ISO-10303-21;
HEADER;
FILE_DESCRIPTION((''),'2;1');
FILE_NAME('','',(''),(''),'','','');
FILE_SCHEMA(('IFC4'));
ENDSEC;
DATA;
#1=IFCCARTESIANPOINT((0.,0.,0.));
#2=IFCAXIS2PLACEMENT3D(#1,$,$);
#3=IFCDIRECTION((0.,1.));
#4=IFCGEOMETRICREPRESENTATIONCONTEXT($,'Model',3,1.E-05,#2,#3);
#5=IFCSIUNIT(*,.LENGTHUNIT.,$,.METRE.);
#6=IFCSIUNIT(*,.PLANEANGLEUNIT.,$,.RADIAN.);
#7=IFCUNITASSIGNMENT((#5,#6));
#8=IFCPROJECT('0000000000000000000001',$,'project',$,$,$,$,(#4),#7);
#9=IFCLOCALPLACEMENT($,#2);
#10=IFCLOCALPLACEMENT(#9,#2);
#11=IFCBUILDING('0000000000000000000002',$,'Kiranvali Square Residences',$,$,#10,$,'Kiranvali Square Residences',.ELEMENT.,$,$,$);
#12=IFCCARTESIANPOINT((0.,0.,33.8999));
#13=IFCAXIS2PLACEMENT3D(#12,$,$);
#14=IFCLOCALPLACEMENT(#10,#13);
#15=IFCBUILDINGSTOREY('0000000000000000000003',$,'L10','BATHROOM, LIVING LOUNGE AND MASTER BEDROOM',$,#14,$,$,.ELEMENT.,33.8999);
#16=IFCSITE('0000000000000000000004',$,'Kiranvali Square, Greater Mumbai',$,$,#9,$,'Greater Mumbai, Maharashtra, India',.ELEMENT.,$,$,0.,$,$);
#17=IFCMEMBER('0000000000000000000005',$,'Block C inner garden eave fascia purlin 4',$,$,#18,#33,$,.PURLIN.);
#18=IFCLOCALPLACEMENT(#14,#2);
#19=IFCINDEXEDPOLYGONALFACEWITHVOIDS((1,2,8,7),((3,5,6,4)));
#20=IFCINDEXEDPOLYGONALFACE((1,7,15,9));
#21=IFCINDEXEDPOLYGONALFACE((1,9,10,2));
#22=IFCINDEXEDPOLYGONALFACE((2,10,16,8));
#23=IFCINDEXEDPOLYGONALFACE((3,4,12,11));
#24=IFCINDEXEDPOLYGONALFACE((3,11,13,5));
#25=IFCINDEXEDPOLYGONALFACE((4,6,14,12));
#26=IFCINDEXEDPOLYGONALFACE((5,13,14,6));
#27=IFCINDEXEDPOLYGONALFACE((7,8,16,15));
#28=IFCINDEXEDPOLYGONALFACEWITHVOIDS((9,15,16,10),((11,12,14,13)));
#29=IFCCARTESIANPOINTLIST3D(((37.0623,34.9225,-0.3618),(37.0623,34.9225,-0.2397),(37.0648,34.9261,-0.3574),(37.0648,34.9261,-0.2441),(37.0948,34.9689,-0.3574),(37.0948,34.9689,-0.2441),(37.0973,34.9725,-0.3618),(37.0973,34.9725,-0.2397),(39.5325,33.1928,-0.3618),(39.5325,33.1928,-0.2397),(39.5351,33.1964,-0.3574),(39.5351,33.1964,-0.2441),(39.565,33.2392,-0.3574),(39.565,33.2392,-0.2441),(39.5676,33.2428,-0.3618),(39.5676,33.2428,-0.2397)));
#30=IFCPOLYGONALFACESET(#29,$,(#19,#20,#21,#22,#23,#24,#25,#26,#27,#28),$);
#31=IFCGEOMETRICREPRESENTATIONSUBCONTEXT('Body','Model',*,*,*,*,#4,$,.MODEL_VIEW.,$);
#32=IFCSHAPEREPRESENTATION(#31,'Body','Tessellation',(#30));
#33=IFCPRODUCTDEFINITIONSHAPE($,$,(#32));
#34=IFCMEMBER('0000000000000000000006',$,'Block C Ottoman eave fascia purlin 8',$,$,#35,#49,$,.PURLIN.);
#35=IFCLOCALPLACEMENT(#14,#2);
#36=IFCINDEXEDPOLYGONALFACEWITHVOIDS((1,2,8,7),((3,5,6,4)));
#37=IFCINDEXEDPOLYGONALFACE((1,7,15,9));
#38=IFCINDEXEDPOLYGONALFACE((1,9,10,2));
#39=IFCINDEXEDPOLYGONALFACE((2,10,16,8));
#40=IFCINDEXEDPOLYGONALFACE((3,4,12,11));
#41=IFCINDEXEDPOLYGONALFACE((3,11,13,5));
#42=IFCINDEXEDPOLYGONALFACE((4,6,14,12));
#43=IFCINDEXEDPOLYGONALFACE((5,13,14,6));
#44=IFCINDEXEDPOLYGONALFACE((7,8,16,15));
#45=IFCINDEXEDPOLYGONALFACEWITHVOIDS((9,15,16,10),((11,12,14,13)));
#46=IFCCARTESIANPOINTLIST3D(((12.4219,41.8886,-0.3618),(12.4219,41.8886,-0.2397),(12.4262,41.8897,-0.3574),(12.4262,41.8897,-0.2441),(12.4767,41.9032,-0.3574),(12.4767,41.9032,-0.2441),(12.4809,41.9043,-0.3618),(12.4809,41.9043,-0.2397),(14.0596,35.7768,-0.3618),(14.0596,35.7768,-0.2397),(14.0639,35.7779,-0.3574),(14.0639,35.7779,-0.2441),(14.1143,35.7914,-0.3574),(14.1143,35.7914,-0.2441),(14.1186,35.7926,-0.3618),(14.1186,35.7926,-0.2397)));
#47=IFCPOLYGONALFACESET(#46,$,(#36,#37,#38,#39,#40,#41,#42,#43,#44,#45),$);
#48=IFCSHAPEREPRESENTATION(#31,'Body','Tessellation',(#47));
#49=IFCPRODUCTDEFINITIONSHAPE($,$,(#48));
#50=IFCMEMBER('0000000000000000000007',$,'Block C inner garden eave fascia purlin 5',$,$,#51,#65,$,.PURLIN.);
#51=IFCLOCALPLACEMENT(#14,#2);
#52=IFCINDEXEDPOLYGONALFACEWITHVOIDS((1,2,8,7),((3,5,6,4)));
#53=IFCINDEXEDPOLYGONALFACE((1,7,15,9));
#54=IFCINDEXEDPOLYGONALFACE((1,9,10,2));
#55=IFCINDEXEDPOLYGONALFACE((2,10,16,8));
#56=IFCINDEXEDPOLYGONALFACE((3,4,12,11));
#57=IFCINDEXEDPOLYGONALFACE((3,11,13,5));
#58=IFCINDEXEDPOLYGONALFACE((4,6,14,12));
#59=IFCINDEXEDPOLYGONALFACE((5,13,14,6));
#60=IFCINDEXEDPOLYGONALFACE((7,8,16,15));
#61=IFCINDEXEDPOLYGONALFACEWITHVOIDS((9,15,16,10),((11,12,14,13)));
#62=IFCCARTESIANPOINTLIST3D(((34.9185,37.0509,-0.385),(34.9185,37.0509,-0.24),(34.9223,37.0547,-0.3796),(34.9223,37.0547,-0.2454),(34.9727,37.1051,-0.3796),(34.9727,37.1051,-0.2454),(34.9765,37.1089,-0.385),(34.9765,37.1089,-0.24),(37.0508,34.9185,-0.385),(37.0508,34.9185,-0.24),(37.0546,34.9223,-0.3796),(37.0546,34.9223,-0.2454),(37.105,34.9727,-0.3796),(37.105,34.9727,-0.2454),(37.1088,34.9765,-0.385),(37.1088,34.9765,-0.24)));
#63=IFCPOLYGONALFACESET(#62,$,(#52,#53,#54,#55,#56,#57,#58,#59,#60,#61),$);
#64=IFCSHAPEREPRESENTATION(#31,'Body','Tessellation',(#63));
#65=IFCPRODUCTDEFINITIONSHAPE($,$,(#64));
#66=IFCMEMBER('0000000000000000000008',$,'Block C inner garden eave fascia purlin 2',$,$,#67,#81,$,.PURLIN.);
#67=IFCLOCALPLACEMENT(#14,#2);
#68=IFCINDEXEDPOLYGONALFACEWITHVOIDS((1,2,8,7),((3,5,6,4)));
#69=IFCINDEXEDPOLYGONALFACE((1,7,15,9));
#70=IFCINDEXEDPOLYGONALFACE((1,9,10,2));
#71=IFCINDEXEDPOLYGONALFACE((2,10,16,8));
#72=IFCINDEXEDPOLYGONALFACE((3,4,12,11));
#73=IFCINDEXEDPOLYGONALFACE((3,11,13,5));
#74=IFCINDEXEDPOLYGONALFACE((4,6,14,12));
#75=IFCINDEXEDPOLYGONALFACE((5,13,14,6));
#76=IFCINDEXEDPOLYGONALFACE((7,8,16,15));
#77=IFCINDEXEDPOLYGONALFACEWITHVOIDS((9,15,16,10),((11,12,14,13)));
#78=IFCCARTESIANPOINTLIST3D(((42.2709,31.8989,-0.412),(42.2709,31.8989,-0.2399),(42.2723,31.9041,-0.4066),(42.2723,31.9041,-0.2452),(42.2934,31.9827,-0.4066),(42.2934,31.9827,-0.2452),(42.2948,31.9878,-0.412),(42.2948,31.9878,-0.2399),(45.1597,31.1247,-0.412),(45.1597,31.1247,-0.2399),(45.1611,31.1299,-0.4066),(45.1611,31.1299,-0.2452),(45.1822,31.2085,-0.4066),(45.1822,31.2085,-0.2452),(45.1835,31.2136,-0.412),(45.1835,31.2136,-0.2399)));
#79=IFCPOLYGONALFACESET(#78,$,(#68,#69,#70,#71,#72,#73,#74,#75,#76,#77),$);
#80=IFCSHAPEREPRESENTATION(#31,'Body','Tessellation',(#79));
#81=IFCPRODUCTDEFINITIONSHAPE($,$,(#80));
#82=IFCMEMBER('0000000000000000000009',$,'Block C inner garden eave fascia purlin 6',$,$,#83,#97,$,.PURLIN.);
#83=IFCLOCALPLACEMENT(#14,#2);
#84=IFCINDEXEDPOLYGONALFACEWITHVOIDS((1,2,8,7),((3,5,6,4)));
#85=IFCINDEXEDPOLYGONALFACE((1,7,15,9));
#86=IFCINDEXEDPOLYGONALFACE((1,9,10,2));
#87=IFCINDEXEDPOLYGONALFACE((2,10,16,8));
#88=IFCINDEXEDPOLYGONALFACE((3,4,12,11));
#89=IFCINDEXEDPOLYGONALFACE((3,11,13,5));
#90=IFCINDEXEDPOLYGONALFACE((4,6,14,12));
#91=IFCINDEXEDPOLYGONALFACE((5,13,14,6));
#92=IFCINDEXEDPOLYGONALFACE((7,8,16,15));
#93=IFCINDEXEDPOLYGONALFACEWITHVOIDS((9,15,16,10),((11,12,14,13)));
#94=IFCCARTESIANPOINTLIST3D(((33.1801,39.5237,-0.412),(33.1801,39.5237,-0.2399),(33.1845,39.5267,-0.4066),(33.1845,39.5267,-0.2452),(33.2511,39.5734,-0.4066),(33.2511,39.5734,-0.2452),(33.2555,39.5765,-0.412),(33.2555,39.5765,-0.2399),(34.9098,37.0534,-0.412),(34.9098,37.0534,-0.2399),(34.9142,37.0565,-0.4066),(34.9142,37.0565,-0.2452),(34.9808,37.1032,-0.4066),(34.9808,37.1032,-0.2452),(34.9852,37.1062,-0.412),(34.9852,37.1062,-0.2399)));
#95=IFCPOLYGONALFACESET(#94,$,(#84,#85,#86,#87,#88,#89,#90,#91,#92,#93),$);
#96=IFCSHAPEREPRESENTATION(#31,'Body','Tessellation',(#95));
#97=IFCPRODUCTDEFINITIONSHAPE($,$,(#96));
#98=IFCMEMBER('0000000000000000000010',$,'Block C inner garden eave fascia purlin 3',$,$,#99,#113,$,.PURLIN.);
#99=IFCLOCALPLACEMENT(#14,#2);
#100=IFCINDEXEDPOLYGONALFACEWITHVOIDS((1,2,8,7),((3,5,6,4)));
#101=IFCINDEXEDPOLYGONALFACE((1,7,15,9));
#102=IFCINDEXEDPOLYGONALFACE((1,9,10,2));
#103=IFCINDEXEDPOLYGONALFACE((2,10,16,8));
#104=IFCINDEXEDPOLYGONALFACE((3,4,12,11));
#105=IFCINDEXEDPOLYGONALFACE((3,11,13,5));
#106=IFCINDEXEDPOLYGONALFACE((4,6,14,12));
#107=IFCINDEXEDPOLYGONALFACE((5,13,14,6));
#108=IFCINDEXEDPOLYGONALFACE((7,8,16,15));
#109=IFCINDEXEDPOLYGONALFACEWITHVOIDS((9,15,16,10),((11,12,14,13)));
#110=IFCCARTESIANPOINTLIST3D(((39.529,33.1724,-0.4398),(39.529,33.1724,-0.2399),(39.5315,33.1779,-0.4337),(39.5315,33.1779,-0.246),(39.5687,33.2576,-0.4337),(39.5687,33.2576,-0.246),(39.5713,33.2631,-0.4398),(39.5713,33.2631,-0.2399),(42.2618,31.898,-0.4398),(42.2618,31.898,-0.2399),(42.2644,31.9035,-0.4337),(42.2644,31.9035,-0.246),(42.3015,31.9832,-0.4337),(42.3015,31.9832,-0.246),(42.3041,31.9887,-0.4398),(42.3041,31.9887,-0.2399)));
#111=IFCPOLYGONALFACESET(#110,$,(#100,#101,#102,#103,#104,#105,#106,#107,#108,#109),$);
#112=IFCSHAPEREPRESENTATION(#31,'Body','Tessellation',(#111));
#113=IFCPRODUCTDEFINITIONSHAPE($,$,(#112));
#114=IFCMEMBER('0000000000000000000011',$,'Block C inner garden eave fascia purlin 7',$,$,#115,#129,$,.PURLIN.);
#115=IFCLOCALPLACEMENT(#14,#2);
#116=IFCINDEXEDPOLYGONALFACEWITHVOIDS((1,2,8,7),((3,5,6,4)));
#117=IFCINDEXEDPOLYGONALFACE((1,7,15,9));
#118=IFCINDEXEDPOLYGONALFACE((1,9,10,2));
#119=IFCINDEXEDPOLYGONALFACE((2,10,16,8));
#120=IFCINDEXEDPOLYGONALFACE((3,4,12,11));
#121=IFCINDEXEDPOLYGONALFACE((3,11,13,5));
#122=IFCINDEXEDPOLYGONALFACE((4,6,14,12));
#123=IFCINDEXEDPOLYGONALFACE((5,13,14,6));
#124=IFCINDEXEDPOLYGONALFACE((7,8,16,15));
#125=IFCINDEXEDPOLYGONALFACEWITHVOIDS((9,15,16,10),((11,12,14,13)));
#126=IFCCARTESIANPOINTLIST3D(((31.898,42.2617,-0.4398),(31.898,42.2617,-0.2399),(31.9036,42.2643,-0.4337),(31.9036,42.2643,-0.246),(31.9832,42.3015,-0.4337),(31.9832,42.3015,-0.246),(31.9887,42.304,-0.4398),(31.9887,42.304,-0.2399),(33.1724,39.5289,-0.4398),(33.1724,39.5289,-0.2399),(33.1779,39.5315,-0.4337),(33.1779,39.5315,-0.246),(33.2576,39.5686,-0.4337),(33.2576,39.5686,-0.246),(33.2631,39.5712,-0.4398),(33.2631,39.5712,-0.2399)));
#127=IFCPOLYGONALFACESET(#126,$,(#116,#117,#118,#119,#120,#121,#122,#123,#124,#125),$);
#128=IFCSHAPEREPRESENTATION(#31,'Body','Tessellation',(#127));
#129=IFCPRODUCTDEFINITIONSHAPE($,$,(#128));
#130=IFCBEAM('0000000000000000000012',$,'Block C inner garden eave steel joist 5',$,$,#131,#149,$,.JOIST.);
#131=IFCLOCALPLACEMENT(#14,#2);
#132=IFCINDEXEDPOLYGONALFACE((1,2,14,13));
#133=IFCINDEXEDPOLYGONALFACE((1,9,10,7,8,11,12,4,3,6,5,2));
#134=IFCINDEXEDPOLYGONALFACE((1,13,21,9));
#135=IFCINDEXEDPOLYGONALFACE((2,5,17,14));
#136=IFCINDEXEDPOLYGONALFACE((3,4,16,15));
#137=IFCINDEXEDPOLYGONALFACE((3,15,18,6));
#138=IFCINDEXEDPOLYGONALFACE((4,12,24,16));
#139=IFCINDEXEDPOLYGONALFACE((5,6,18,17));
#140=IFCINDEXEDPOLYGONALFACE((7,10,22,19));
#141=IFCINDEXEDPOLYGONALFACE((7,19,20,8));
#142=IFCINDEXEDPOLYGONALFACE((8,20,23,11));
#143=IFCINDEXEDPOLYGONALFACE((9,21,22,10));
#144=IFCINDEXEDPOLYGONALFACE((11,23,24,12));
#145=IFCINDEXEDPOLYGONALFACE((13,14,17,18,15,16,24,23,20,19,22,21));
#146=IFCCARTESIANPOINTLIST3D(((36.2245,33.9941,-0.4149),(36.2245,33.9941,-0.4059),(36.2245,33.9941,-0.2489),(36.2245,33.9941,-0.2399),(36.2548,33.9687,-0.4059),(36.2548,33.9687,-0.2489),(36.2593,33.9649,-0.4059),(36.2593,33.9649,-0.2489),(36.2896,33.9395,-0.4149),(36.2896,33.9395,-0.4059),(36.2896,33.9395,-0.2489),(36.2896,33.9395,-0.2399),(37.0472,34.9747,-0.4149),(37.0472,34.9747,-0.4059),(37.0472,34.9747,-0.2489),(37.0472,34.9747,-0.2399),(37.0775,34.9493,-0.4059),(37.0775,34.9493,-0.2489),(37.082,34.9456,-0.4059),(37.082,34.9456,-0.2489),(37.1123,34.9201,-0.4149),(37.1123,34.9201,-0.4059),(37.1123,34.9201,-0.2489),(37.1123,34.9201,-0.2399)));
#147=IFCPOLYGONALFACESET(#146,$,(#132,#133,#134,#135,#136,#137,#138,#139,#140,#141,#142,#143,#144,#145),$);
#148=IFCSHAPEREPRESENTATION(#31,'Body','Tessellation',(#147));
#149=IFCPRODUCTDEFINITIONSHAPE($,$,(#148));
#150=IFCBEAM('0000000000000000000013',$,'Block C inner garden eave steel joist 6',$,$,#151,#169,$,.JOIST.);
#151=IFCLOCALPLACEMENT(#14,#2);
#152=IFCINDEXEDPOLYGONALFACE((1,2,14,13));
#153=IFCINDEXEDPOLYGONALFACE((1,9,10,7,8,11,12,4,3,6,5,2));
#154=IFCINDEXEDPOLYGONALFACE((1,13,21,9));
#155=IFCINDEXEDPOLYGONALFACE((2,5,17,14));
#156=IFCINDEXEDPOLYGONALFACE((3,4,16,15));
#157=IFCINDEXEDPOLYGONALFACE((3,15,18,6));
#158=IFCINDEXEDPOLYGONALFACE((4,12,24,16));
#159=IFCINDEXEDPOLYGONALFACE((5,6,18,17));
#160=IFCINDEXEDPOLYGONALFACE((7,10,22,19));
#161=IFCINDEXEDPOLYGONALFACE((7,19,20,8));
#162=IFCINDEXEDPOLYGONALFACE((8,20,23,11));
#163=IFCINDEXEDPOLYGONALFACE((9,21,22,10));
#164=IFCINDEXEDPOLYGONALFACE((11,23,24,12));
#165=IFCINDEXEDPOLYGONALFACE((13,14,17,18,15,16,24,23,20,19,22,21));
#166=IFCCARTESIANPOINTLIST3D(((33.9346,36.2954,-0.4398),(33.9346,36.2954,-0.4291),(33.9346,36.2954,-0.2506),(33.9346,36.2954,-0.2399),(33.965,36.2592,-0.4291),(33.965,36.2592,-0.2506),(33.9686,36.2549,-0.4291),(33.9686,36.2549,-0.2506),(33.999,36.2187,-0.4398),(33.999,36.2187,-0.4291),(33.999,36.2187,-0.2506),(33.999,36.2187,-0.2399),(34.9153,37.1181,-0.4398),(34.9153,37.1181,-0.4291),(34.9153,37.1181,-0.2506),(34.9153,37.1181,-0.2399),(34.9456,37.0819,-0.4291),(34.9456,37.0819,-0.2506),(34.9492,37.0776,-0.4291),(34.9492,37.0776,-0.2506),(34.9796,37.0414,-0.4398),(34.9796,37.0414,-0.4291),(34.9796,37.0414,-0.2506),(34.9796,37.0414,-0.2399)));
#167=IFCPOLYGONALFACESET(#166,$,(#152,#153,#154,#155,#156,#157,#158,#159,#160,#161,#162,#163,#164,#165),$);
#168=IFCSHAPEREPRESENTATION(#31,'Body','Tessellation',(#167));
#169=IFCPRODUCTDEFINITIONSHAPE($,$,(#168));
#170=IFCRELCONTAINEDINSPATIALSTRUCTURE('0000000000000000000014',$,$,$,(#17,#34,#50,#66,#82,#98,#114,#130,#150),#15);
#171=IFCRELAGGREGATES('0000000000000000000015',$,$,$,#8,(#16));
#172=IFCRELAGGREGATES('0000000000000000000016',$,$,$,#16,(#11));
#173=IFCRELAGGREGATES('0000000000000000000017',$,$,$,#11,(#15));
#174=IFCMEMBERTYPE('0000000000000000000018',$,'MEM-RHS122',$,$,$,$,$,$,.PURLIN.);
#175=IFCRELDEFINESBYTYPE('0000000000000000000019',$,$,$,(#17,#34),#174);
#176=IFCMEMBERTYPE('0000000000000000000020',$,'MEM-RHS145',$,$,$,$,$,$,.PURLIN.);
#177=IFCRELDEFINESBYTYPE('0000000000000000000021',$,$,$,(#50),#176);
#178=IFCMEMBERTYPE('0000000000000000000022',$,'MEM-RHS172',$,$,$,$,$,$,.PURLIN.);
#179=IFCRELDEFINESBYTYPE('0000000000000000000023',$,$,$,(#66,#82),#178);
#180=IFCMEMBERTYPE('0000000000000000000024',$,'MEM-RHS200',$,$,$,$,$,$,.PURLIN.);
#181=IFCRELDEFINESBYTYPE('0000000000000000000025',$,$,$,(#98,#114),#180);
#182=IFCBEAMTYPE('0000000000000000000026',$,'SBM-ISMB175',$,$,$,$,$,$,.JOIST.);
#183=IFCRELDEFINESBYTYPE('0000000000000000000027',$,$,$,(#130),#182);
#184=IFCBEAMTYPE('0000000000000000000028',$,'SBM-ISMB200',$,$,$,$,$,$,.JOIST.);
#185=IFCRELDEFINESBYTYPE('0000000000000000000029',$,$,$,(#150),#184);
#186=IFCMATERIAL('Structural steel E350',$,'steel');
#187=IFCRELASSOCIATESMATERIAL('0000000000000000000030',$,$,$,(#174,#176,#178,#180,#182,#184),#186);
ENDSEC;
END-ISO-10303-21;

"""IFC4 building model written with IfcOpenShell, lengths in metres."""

from ifc_helpers import new_model, si_unit, direction, frame, origin, origin_2d, place, context, subcontext, project, spatial, hollow_rectangle, i_section, extrude, material, material_profile, profile_set, type_object, element, save


model = new_model("IFC4")

# Units and contexts
model_context = context("Model", 3, precision=1e-05, world=origin(), true_north=direction((0.0, 1.0)))
body_context = subcontext(model_context, "Body", "Model", "MODEL_VIEW")
ifc_project = project(units=[si_unit("LENGTHUNIT", "METRE"), si_unit("PLANEANGLEUNIT", "RADIAN")], contexts=[model_context])

# Site, building, storey
site_placement = place(None, origin())
site = spatial("IfcSite", under=ifc_project, at=site_placement, Name="Kiranvali Square, Greater Mumbai", LongName="Greater Mumbai, Maharashtra, India", CompositionType="ELEMENT", RefElevation=0.0)
building_placement = place(site_placement, origin())
building = spatial("IfcBuilding", under=site, at=building_placement, Name="Kiranvali Square Residences", LongName="Kiranvali Square Residences", CompositionType="ELEMENT")
storey_placement = place(building_placement, frame((0.0, 0.0, 33.8999)))
storey = spatial("IfcBuildingStorey", under=building, at=storey_placement, Name="L10", Description="BATHROOM, LIVING LOUNGE AND MASTER BEDROOM", CompositionType="ELEMENT", Elevation=33.8999)

# Members
ifc_material_1 = material(Name="Structural steel E350", Category="steel")
ifc_material_profile_1 = material_profile(ifc_material_1, hollow_rectangle(XDim=0.061, YDim=0.1221, WallThickness=0.0044, at=origin_2d()), Name="RHS 122x61x4.5")
ifc_profile_set_1 = profile_set([ifc_material_profile_1], Name="Structural steel E350")
member_type_1 = type_object("IfcMemberType", Name="MEM-RHS122", PredefinedType="PURLIN", material=ifc_profile_set_1)
member_1_placement = place(storey_placement, frame((39.55, 33.2178, -0.3008), z_axis=(-0.819141, 0.573593, 0.0), x_axis=(-0.573593, -0.819141, 0.0)))
element("IfcMember", 1, at=member_1_placement, inside=storey, type_object=member_type_1, Name="Block C inner garden eave fascia purlin 4", PredefinedType="PURLIN", context=body_context, shape_type="SweptSolid", body=[
    extrude(hollow_rectangle(XDim=0.061, YDim=0.1221, WallThickness=0.0044, at=origin_2d()), origin(), (0.0, 0.0, 1.0), 3.0156),
])
member_2_placement = place(storey_placement, frame((14.0891, 35.7847, -0.3008), z_axis=(-0.258825, 0.965924, 0.0), x_axis=(-0.965924, -0.258825, 0.0)))
element("IfcMember", 2, at=member_2_placement, inside=storey, type_object=member_type_1, Name="Block C Ottoman eave fascia purlin 8", PredefinedType="PURLIN", context=body_context, shape_type="SweptSolid", body=[
    extrude(hollow_rectangle(XDim=0.061, YDim=0.1221, WallThickness=0.0044, at=origin_2d()), origin(), (0.0, 0.0, 1.0), 6.3274),
])
ifc_material_profile_2 = material_profile(ifc_material_1, hollow_rectangle(XDim=0.082, YDim=0.145, WallThickness=0.0054, at=origin_2d()), Name="RHS 145x82x5.4")
ifc_profile_set_2 = profile_set([ifc_material_profile_2], Name="Structural steel E350")
member_type_2 = type_object("IfcMemberType", Name="MEM-RHS145", PredefinedType="PURLIN", material=ifc_profile_set_2)
member_3_placement = place(storey_placement, frame((37.0798, 34.9475, -0.3125), z_axis=(-0.707107, 0.707107, 0.0), x_axis=(-0.707107, -0.707107, 0.0)))
element("IfcMember", 3, at=member_3_placement, inside=storey, type_object=member_type_2, Name="Block C inner garden eave fascia purlin 5", PredefinedType="PURLIN", context=body_context, shape_type="SweptSolid", body=[
    extrude(hollow_rectangle(XDim=0.082, YDim=0.145, WallThickness=0.0054, at=origin_2d()), origin(), (0.0, 0.0, 1.0), 3.0156),
])
ifc_material_profile_3 = material_profile(ifc_material_1, hollow_rectangle(XDim=0.092, YDim=0.1721, WallThickness=0.0054, at=origin_2d()), Name="RHS 172x92x5.4")
ifc_profile_set_3 = profile_set([ifc_material_profile_3], Name="Structural steel E350")
member_type_3 = type_object("IfcMemberType", Name="MEM-RHS172", PredefinedType="PURLIN", material=ifc_profile_set_3)
member_4_placement = place(storey_placement, frame((45.1716, 31.1692, -0.3259), z_axis=(-0.965913, 0.258867, 0.0), x_axis=(-0.258867, -0.965913, 0.0)))
element("IfcMember", 4, at=member_4_placement, inside=storey, type_object=member_type_3, Name="Block C inner garden eave fascia purlin 2", PredefinedType="PURLIN", context=body_context, shape_type="SweptSolid", body=[
    extrude(hollow_rectangle(XDim=0.092, YDim=0.1721, WallThickness=0.0054, at=origin_2d()), origin(), (0.0, 0.0, 1.0), 2.9907),
])
member_5_placement = place(storey_placement, frame((34.9475, 37.0798, -0.3259), z_axis=(-0.573593, 0.819141, 0.0), x_axis=(-0.819141, -0.573593, 0.0)))
element("IfcMember", 5, at=member_5_placement, inside=storey, type_object=member_type_3, Name="Block C inner garden eave fascia purlin 6", PredefinedType="PURLIN", context=body_context, shape_type="SweptSolid", body=[
    extrude(hollow_rectangle(XDim=0.092, YDim=0.1721, WallThickness=0.0054, at=origin_2d()), origin(), (0.0, 0.0, 1.0), 3.0156),
])
ifc_material_profile_4 = material_profile(ifc_material_1, hollow_rectangle(XDim=0.1001, YDim=0.2, WallThickness=0.0061, at=origin_2d()), Name="RHS 200x100x6.0")
ifc_profile_set_4 = profile_set([ifc_material_profile_4], Name="Structural steel E350")
member_type_4 = type_object("IfcMemberType", Name="MEM-RHS200", PredefinedType="PURLIN", material=ifc_profile_set_4)
for number, where, z_axis, x_axis, name in (
    (6, (42.283, 31.9434, -0.3398), (-0.906303, 0.422628, 0.0), (-0.422628, -0.906303, 0.0), "Block C inner garden eave fascia purlin 3"),
    (7, (33.2178, 39.55, -0.3398), (-0.422628, 0.906303, 0.0), (-0.906303, -0.422628, 0.0), "Block C inner garden eave fascia purlin 7"),
):
    element("IfcMember", number, at=place(storey_placement, frame(where, z_axis=z_axis, x_axis=x_axis)), inside=storey, type_object=member_type_4, Name=name, PredefinedType="PURLIN", context=body_context, shape_type="SweptSolid", body=[
        extrude(hollow_rectangle(XDim=0.1001, YDim=0.2, WallThickness=0.0061, at=origin_2d()), origin(), (0.0, 0.0, 1.0), 3.0154),
    ])

# Beams
ifc_material_profile_5 = material_profile(ifc_material_1, i_section(OverallWidth=0.085, OverallDepth=0.175, WebThickness=0.0059, FlangeThickness=0.009, at=origin_2d()), Name="ISMB 175")
ifc_profile_set_5 = profile_set([ifc_material_profile_5], Name="Structural steel E350")
beam_type_1 = type_object("IfcBeamType", Name="SBM-ISMB175", PredefinedType="JOIST", material=ifc_profile_set_5)
beam_1_placement = place(storey_placement, frame((36.2571, 33.9668, -0.3274), z_axis=(0.642713, 0.766107, 0.0), x_axis=(-0.766107, 0.642713, 0.0)))
element("IfcBeam", 8, at=beam_1_placement, inside=storey, type_object=beam_type_1, Name="Block C inner garden eave steel joist 5", PredefinedType="JOIST", context=body_context, shape_type="SweptSolid", body=[
    extrude(i_section(OverallWidth=0.085, OverallDepth=0.175, WebThickness=0.0059, FlangeThickness=0.009, at=origin_2d()), origin(), (0.0, 0.0, 1.0), 1.28),
])
ifc_material_profile_6 = material_profile(ifc_material_1, i_section(OverallWidth=0.1001, OverallDepth=0.2, WebThickness=0.0056, FlangeThickness=0.0107, at=origin_2d()), Name="ISMB 200")
ifc_profile_set_6 = profile_set([ifc_material_profile_6], Name="Structural steel E350")
beam_type_2 = type_object("IfcBeamType", Name="SBM-ISMB200", PredefinedType="JOIST", material=ifc_profile_set_6)
beam_2_placement = place(storey_placement, frame((33.9668, 36.2571, -0.3398), z_axis=(0.766107, 0.642713, 0.0), x_axis=(-0.642713, 0.766107, 0.0)))
element("IfcBeam", 9, at=beam_2_placement, inside=storey, type_object=beam_type_2, Name="Block C inner garden eave steel joist 6", PredefinedType="JOIST", context=body_context, shape_type="SweptSolid", body=[
    extrude(i_section(OverallWidth=0.1001, OverallDepth=0.2, WebThickness=0.0056, FlangeThickness=0.0107, at=origin_2d()), origin(), (0.0, 0.0, 1.0), 1.28),
])

save(model, "model.ifc")
